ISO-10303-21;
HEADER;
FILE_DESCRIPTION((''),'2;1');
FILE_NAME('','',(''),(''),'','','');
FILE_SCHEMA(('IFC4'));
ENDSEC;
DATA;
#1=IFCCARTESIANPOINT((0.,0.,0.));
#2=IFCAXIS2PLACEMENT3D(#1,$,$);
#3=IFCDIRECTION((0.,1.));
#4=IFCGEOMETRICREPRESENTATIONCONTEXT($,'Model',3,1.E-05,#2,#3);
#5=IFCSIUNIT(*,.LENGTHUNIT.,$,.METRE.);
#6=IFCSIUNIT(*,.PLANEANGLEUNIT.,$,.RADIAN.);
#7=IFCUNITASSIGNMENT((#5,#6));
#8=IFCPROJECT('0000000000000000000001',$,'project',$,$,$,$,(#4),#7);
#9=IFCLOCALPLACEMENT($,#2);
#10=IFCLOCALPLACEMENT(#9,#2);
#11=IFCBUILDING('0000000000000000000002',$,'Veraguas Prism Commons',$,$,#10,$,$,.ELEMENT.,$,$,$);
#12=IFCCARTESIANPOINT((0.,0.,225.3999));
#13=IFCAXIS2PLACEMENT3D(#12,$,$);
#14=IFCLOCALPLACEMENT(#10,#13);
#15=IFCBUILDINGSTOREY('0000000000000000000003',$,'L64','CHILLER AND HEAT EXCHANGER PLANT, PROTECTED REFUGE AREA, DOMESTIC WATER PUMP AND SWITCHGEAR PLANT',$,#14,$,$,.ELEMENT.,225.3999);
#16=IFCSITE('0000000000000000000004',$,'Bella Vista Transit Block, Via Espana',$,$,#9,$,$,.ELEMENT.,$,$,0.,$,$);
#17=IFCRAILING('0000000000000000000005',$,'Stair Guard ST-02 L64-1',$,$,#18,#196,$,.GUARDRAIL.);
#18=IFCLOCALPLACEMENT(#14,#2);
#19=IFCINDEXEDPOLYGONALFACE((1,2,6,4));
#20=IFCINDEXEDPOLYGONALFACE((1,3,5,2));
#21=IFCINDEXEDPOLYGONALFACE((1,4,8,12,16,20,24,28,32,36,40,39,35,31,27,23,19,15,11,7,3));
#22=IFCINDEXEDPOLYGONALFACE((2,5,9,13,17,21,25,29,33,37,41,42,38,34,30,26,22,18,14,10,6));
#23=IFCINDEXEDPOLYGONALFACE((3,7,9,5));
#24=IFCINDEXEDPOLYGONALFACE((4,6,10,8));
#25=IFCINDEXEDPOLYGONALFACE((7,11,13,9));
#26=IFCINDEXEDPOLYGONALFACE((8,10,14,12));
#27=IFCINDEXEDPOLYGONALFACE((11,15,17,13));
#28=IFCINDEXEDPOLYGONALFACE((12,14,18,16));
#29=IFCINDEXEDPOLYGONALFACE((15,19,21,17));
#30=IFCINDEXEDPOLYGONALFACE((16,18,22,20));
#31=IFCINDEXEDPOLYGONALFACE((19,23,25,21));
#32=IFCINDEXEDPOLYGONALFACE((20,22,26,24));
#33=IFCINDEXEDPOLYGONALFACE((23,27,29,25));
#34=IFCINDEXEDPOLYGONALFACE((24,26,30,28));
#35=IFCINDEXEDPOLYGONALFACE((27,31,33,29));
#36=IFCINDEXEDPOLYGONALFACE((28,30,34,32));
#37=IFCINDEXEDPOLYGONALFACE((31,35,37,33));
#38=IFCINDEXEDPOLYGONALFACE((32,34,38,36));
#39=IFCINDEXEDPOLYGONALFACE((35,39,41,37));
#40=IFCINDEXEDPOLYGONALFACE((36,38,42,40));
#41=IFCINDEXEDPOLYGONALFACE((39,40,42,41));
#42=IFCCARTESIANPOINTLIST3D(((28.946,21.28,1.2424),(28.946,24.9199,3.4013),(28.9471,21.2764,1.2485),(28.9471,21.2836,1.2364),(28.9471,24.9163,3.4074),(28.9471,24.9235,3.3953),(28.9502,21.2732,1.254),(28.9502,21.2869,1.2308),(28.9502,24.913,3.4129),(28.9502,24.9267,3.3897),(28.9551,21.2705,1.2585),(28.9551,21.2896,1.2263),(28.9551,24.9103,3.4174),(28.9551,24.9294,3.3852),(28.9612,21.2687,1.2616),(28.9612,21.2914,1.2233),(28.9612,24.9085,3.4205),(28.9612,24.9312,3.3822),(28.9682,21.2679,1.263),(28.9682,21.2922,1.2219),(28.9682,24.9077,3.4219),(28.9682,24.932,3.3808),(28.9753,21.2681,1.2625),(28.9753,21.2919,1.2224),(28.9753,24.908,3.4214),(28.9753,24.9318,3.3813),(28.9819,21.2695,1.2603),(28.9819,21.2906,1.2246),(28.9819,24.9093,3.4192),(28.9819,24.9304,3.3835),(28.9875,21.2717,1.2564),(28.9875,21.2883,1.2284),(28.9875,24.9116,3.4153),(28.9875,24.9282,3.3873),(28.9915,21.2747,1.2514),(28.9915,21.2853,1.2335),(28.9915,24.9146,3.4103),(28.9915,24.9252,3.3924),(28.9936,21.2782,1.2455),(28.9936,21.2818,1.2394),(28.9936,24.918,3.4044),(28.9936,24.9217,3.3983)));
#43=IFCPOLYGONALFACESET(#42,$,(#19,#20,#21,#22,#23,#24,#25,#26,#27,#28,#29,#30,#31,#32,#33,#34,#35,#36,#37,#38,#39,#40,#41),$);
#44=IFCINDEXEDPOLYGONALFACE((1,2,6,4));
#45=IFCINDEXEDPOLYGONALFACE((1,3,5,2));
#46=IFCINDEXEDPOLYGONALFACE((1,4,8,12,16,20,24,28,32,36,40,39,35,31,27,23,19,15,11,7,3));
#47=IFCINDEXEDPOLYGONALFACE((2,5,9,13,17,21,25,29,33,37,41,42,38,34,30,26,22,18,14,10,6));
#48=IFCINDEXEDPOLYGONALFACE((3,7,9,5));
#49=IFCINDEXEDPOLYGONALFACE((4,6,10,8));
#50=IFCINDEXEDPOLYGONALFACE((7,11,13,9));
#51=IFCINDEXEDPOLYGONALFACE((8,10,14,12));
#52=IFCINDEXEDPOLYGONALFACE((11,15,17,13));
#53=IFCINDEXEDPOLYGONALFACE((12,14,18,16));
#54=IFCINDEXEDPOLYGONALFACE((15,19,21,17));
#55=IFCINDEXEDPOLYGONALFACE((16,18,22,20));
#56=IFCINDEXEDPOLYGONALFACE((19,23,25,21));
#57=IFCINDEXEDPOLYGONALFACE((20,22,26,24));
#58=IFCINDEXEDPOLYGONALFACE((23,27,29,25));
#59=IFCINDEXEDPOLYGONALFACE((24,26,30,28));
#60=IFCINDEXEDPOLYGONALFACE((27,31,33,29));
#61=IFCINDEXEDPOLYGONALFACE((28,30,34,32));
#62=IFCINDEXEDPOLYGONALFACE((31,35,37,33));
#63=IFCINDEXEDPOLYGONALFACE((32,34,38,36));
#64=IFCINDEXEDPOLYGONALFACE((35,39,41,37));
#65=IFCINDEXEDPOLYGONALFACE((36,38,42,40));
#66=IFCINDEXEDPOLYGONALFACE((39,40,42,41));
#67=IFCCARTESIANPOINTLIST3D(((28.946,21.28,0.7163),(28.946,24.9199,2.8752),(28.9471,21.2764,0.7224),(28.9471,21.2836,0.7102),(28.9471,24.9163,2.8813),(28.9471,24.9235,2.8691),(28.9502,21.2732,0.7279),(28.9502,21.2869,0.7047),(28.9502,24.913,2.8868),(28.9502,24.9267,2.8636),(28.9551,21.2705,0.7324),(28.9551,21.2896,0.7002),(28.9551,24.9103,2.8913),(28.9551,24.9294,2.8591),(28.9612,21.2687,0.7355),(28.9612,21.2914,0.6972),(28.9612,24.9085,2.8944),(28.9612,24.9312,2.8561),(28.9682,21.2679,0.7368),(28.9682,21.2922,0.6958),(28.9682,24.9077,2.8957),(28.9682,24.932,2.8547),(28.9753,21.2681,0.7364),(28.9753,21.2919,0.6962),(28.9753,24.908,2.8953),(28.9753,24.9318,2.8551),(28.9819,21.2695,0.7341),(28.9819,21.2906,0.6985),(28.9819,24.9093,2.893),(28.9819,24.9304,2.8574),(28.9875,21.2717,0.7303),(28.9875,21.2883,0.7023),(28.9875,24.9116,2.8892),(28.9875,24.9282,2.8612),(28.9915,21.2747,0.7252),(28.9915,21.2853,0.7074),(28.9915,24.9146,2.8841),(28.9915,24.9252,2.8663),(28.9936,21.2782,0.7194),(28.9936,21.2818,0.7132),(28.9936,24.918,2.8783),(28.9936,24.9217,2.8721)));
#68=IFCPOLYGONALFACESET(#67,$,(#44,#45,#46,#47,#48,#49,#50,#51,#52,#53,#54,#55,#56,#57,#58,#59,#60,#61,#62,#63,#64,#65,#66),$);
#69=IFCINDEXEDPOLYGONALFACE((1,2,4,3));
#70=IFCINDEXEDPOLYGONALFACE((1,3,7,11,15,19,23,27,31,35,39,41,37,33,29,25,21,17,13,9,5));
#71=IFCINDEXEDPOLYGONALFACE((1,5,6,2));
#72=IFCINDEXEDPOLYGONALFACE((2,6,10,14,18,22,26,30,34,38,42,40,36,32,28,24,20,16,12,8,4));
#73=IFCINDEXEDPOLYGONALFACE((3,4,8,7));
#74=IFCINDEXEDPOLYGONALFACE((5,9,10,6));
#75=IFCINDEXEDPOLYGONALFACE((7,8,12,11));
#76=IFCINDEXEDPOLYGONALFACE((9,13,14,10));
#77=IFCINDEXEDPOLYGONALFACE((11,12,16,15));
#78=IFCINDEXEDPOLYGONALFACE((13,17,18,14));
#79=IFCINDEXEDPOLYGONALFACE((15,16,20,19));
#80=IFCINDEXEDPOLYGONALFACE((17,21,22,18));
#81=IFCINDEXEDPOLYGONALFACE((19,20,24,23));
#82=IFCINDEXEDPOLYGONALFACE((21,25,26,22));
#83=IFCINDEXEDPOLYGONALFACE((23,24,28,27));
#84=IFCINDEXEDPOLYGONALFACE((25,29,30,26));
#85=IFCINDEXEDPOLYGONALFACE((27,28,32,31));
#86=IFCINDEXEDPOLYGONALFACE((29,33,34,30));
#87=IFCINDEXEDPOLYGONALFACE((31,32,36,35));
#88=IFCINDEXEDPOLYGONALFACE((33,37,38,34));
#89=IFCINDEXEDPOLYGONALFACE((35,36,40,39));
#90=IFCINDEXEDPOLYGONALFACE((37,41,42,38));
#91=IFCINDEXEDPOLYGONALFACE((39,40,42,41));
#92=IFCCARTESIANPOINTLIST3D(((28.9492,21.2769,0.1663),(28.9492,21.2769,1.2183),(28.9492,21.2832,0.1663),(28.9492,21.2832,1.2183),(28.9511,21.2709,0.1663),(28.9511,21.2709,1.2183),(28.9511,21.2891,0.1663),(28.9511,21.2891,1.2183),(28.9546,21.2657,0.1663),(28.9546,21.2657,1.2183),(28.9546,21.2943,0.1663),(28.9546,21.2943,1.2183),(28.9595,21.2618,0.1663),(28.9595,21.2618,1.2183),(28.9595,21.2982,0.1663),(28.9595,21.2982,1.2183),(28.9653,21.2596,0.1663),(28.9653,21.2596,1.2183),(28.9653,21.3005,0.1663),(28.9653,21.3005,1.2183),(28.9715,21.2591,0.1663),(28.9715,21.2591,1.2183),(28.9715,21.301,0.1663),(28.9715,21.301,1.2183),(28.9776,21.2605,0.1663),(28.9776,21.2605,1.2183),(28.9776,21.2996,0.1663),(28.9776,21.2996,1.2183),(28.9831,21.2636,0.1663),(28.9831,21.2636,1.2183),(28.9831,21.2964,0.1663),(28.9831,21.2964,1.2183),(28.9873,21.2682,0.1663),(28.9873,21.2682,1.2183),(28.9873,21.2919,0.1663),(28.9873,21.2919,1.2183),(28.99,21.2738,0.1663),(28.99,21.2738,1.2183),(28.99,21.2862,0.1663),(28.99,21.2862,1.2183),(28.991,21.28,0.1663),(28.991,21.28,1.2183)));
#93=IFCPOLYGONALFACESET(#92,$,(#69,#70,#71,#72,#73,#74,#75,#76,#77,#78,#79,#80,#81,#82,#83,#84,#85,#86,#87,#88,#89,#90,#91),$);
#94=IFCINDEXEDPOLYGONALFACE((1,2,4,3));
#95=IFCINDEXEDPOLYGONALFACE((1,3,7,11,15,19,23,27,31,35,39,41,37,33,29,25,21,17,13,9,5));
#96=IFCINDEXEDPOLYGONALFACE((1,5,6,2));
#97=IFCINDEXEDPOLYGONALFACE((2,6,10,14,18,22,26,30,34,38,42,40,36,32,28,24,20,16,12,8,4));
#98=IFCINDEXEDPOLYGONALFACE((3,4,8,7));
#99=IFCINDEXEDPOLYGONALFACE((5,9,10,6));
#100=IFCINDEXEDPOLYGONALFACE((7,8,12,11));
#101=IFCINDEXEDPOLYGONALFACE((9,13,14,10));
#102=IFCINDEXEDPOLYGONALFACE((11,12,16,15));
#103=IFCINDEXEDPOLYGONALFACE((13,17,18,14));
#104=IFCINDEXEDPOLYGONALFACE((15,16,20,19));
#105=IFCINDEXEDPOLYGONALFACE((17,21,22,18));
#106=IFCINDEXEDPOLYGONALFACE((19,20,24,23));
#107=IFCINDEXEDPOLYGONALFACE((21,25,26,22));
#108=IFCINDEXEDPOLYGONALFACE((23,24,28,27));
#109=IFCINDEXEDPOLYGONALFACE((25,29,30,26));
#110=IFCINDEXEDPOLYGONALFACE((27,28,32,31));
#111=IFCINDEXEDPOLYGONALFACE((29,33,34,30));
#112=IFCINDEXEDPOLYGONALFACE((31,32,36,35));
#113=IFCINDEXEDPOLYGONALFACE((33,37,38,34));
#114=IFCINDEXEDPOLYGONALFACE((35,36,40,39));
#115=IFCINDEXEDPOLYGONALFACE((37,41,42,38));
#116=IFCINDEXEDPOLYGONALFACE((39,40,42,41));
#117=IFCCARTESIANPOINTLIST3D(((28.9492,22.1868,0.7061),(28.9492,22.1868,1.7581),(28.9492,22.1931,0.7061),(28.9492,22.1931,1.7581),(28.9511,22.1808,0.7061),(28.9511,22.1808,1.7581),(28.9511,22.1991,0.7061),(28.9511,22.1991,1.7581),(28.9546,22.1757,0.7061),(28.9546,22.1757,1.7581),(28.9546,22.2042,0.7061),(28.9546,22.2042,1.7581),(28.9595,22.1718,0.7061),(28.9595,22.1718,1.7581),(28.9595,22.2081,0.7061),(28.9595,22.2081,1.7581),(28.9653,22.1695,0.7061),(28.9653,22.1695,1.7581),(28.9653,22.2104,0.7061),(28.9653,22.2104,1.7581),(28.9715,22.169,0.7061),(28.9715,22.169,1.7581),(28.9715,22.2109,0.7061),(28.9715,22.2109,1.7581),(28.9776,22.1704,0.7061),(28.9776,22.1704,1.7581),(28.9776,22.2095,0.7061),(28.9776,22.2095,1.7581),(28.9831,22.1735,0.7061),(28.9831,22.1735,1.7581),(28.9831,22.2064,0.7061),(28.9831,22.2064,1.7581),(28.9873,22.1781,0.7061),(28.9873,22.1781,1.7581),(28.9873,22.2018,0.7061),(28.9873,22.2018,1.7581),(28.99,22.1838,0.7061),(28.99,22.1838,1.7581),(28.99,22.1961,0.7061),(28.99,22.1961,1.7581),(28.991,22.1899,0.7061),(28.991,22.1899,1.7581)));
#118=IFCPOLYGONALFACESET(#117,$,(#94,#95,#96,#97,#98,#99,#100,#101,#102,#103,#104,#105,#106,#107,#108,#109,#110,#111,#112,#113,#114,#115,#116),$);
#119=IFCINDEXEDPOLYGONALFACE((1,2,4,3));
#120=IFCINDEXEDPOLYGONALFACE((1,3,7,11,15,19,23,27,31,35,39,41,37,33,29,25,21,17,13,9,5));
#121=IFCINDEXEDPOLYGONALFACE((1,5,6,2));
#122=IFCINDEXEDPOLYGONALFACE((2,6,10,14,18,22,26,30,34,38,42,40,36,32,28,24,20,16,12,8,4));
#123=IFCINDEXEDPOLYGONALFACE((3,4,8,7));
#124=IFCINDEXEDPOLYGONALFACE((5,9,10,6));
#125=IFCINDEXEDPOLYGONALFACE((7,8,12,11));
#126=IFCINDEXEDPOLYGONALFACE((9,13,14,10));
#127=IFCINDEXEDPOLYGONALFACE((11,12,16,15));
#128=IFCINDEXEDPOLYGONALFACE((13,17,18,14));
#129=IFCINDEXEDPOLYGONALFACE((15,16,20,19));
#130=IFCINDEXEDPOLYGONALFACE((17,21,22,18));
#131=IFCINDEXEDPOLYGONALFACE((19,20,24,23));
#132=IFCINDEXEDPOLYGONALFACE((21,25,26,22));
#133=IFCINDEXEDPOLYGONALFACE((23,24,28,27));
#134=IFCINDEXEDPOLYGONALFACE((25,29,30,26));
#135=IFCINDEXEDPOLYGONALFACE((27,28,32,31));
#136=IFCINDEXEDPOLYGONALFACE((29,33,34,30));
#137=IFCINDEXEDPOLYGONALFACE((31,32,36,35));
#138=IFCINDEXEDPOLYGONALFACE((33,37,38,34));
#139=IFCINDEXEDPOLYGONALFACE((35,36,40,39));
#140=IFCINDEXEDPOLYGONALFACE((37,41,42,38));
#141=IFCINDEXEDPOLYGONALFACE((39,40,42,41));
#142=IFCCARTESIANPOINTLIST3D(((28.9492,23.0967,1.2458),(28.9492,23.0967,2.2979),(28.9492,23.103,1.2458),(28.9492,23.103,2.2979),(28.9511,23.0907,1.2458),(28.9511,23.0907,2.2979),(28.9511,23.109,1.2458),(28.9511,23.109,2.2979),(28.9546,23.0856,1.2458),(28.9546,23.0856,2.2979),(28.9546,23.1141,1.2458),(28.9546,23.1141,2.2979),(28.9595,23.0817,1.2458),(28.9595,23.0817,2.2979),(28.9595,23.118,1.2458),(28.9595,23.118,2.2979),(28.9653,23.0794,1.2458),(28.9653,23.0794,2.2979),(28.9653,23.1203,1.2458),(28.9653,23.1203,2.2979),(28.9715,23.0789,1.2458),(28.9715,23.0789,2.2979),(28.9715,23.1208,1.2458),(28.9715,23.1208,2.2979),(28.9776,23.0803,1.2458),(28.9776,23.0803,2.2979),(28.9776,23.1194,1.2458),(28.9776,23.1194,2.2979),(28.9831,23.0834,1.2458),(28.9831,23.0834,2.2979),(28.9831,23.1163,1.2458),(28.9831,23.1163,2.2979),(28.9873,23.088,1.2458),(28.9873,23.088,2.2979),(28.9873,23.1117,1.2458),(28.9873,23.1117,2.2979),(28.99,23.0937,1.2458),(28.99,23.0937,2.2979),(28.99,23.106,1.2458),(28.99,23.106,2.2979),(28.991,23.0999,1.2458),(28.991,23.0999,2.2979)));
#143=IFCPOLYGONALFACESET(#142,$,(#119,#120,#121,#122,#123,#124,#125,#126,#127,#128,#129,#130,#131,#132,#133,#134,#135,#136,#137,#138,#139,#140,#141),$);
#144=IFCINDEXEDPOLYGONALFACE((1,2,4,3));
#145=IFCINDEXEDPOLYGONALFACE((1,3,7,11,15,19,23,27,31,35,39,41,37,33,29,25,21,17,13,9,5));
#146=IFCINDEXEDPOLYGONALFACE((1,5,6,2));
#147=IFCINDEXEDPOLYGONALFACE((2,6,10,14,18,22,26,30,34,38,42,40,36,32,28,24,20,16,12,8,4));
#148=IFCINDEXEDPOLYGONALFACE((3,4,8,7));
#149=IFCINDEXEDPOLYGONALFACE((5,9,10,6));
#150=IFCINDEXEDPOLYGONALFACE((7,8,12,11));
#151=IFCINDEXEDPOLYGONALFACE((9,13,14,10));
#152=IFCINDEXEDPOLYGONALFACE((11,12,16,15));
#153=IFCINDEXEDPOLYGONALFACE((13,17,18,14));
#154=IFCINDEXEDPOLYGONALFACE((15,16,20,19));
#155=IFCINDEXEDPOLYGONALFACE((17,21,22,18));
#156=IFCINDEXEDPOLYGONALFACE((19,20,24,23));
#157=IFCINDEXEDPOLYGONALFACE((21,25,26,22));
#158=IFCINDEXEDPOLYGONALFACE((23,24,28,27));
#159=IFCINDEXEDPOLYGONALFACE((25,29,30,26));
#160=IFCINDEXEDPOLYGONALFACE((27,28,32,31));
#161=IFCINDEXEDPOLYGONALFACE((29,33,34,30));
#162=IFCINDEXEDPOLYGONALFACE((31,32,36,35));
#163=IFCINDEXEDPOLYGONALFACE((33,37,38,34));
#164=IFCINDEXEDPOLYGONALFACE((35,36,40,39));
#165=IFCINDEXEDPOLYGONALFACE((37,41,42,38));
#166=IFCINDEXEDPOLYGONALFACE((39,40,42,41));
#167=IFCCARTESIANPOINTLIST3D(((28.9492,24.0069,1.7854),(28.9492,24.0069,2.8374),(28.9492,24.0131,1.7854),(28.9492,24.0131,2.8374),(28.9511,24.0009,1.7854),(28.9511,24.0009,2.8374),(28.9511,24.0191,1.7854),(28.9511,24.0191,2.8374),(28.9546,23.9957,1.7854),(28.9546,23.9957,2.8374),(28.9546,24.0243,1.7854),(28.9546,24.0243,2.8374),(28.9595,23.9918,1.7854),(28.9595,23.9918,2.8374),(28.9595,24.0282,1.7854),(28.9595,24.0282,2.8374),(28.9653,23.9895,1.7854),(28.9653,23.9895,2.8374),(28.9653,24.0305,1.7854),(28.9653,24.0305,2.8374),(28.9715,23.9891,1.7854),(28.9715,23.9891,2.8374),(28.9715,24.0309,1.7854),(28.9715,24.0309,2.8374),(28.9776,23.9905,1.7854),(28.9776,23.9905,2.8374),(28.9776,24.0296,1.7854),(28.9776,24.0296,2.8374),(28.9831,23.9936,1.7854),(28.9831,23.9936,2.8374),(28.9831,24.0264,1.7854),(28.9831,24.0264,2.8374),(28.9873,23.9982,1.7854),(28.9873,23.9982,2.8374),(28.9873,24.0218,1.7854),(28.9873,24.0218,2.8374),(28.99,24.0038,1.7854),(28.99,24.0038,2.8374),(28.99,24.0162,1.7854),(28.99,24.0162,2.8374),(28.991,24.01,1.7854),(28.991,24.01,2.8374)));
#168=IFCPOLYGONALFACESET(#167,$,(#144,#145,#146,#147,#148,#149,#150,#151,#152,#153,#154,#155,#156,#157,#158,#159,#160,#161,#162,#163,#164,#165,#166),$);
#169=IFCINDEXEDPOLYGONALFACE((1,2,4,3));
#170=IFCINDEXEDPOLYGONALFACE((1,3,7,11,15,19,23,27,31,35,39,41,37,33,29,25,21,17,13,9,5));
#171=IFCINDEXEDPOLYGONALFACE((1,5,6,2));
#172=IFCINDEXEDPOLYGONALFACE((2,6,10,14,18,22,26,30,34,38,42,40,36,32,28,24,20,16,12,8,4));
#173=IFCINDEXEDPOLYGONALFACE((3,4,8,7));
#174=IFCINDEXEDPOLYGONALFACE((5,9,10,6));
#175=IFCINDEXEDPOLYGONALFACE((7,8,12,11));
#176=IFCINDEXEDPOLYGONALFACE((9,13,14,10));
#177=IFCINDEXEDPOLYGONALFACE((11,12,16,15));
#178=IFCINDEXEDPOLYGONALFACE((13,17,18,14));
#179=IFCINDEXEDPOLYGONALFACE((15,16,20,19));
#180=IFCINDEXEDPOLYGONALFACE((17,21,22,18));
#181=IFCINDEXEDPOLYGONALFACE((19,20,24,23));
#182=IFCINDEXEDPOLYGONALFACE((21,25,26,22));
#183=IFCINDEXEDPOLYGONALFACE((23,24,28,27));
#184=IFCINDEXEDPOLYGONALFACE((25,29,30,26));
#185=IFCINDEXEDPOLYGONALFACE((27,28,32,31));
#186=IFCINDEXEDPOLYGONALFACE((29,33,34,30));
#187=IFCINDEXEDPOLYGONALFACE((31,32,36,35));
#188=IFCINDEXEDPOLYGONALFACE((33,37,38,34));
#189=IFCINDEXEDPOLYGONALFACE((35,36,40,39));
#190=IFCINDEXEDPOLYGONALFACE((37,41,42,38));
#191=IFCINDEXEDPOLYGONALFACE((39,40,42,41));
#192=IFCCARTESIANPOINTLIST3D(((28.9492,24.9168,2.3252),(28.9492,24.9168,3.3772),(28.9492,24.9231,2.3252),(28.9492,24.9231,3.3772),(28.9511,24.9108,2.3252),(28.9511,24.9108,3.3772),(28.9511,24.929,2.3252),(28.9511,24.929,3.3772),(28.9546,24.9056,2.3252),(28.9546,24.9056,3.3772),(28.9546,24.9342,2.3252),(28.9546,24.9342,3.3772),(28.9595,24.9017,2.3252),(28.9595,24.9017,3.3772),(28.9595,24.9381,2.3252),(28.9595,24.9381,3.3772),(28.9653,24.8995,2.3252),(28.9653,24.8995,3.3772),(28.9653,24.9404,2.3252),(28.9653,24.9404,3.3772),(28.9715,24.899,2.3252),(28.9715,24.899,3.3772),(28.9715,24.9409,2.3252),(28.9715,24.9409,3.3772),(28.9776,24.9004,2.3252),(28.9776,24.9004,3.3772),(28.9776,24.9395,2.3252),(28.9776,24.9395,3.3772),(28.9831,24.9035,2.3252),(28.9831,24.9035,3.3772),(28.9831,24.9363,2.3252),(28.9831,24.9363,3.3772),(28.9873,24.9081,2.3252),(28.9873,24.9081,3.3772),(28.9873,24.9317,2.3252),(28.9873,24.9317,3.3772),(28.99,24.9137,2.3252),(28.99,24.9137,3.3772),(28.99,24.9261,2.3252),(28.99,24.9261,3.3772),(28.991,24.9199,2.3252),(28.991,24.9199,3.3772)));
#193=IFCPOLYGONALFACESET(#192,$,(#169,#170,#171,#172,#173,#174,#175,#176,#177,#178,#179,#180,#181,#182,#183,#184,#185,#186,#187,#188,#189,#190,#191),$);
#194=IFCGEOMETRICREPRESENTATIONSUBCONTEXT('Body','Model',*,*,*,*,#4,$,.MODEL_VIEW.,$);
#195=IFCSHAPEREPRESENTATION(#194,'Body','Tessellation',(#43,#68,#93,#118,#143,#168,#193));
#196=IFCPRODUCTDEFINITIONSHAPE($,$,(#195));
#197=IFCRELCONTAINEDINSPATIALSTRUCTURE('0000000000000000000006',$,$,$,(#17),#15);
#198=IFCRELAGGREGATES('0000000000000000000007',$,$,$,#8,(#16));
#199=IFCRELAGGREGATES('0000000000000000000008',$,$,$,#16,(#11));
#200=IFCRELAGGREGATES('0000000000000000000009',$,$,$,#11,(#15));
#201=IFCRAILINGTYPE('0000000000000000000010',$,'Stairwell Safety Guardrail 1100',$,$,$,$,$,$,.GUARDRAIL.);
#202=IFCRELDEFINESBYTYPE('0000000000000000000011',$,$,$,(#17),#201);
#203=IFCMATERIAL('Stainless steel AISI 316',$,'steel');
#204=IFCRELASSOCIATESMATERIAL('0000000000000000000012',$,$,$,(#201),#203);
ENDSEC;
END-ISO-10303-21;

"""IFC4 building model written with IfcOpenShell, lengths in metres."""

from ifc_helpers import new_model, si_unit, direction, frame, origin, origin_2d, place, context, subcontext, project, spatial, circle, extrude, material, type_object, element, save


model = new_model("IFC4")

# Units and contexts
model_context = context("Model", 3, precision=1e-05, world=origin(), true_north=direction((0.0, 1.0)))
body_context = subcontext(model_context, "Body", "Model", "MODEL_VIEW")
ifc_project = project(units=[si_unit("LENGTHUNIT", "METRE"), si_unit("PLANEANGLEUNIT", "RADIAN")], contexts=[model_context])

# Site, building, storey
site_placement = place(None, origin())
site = spatial("IfcSite", under=ifc_project, at=site_placement, Name="Bella Vista Transit Block, Via Espana", CompositionType="ELEMENT", RefElevation=0.0)
building_placement = place(site_placement, origin())
building = spatial("IfcBuilding", under=site, at=building_placement, Name="Veraguas Prism Commons", CompositionType="ELEMENT")
storey_placement = place(building_placement, frame((0.0, 0.0, 225.3999)))
storey = spatial("IfcBuildingStorey", under=building, at=storey_placement, Name="L64", Description="CHILLER AND HEAT EXCHANGER PLANT, PROTECTED REFUGE AREA, DOMESTIC WATER PUMP AND SWITCHGEAR PLANT", CompositionType="ELEMENT", Elevation=225.3999)

# Shared definitions
ifc_material_1 = material(Name="Stainless steel AISI 316", Category="steel")

# Railing
railing_type_1 = type_object("IfcRailingType", Name="Stairwell Safety Guardrail 1100", PredefinedType="GUARDRAIL", material=ifc_material_1)
railing_1_placement = place(storey_placement, frame((28.97, 21.28, 0.1663)))
element("IfcRailing", 1, at=railing_1_placement, inside=storey, type_object=railing_type_1, Name="Stair Guard ST-02 L64-1", PredefinedType="GUARDRAIL", context=body_context, shape_type="SweptSolid", body=[
    extrude(circle(Radius=0.0239, at=origin_2d()), frame((0.0, 0.0, 1.0762), z_axis=(0.0, 0.860088, 0.510145), x_axis=(-1.0, 0.0, 0.0)), (0.0, 0.0, 1.0), 4.2319),
    extrude(circle(Radius=0.0239, at=origin_2d()), frame((0.0, 0.0, 0.55), z_axis=(0.0, 0.860088, 0.510145), x_axis=(-1.0, 0.0, 0.0)), (0.0, 0.0, 1.0), 4.2319),
    extrude(circle(Radius=0.021, at=origin_2d()), origin(), (0.0, 0.0, 1.0), 1.052),
    extrude(circle(Radius=0.021, at=origin_2d()), frame((0.0, 0.9099, 0.5398)), (0.0, 0.0, 1.0), 1.052),
    extrude(circle(Radius=0.021, at=origin_2d()), frame((0.0, 1.8198, 1.0796)), (0.0, 0.0, 1.0), 1.052),
    extrude(circle(Radius=0.021, at=origin_2d()), frame((0.0, 2.73, 1.6191)), (0.0, 0.0, 1.0), 1.052),
    extrude(circle(Radius=0.021, at=origin_2d()), frame((0.0, 3.6399, 2.1589)), (0.0, 0.0, 1.0), 1.052),
])

save(model, "model.ifc")
